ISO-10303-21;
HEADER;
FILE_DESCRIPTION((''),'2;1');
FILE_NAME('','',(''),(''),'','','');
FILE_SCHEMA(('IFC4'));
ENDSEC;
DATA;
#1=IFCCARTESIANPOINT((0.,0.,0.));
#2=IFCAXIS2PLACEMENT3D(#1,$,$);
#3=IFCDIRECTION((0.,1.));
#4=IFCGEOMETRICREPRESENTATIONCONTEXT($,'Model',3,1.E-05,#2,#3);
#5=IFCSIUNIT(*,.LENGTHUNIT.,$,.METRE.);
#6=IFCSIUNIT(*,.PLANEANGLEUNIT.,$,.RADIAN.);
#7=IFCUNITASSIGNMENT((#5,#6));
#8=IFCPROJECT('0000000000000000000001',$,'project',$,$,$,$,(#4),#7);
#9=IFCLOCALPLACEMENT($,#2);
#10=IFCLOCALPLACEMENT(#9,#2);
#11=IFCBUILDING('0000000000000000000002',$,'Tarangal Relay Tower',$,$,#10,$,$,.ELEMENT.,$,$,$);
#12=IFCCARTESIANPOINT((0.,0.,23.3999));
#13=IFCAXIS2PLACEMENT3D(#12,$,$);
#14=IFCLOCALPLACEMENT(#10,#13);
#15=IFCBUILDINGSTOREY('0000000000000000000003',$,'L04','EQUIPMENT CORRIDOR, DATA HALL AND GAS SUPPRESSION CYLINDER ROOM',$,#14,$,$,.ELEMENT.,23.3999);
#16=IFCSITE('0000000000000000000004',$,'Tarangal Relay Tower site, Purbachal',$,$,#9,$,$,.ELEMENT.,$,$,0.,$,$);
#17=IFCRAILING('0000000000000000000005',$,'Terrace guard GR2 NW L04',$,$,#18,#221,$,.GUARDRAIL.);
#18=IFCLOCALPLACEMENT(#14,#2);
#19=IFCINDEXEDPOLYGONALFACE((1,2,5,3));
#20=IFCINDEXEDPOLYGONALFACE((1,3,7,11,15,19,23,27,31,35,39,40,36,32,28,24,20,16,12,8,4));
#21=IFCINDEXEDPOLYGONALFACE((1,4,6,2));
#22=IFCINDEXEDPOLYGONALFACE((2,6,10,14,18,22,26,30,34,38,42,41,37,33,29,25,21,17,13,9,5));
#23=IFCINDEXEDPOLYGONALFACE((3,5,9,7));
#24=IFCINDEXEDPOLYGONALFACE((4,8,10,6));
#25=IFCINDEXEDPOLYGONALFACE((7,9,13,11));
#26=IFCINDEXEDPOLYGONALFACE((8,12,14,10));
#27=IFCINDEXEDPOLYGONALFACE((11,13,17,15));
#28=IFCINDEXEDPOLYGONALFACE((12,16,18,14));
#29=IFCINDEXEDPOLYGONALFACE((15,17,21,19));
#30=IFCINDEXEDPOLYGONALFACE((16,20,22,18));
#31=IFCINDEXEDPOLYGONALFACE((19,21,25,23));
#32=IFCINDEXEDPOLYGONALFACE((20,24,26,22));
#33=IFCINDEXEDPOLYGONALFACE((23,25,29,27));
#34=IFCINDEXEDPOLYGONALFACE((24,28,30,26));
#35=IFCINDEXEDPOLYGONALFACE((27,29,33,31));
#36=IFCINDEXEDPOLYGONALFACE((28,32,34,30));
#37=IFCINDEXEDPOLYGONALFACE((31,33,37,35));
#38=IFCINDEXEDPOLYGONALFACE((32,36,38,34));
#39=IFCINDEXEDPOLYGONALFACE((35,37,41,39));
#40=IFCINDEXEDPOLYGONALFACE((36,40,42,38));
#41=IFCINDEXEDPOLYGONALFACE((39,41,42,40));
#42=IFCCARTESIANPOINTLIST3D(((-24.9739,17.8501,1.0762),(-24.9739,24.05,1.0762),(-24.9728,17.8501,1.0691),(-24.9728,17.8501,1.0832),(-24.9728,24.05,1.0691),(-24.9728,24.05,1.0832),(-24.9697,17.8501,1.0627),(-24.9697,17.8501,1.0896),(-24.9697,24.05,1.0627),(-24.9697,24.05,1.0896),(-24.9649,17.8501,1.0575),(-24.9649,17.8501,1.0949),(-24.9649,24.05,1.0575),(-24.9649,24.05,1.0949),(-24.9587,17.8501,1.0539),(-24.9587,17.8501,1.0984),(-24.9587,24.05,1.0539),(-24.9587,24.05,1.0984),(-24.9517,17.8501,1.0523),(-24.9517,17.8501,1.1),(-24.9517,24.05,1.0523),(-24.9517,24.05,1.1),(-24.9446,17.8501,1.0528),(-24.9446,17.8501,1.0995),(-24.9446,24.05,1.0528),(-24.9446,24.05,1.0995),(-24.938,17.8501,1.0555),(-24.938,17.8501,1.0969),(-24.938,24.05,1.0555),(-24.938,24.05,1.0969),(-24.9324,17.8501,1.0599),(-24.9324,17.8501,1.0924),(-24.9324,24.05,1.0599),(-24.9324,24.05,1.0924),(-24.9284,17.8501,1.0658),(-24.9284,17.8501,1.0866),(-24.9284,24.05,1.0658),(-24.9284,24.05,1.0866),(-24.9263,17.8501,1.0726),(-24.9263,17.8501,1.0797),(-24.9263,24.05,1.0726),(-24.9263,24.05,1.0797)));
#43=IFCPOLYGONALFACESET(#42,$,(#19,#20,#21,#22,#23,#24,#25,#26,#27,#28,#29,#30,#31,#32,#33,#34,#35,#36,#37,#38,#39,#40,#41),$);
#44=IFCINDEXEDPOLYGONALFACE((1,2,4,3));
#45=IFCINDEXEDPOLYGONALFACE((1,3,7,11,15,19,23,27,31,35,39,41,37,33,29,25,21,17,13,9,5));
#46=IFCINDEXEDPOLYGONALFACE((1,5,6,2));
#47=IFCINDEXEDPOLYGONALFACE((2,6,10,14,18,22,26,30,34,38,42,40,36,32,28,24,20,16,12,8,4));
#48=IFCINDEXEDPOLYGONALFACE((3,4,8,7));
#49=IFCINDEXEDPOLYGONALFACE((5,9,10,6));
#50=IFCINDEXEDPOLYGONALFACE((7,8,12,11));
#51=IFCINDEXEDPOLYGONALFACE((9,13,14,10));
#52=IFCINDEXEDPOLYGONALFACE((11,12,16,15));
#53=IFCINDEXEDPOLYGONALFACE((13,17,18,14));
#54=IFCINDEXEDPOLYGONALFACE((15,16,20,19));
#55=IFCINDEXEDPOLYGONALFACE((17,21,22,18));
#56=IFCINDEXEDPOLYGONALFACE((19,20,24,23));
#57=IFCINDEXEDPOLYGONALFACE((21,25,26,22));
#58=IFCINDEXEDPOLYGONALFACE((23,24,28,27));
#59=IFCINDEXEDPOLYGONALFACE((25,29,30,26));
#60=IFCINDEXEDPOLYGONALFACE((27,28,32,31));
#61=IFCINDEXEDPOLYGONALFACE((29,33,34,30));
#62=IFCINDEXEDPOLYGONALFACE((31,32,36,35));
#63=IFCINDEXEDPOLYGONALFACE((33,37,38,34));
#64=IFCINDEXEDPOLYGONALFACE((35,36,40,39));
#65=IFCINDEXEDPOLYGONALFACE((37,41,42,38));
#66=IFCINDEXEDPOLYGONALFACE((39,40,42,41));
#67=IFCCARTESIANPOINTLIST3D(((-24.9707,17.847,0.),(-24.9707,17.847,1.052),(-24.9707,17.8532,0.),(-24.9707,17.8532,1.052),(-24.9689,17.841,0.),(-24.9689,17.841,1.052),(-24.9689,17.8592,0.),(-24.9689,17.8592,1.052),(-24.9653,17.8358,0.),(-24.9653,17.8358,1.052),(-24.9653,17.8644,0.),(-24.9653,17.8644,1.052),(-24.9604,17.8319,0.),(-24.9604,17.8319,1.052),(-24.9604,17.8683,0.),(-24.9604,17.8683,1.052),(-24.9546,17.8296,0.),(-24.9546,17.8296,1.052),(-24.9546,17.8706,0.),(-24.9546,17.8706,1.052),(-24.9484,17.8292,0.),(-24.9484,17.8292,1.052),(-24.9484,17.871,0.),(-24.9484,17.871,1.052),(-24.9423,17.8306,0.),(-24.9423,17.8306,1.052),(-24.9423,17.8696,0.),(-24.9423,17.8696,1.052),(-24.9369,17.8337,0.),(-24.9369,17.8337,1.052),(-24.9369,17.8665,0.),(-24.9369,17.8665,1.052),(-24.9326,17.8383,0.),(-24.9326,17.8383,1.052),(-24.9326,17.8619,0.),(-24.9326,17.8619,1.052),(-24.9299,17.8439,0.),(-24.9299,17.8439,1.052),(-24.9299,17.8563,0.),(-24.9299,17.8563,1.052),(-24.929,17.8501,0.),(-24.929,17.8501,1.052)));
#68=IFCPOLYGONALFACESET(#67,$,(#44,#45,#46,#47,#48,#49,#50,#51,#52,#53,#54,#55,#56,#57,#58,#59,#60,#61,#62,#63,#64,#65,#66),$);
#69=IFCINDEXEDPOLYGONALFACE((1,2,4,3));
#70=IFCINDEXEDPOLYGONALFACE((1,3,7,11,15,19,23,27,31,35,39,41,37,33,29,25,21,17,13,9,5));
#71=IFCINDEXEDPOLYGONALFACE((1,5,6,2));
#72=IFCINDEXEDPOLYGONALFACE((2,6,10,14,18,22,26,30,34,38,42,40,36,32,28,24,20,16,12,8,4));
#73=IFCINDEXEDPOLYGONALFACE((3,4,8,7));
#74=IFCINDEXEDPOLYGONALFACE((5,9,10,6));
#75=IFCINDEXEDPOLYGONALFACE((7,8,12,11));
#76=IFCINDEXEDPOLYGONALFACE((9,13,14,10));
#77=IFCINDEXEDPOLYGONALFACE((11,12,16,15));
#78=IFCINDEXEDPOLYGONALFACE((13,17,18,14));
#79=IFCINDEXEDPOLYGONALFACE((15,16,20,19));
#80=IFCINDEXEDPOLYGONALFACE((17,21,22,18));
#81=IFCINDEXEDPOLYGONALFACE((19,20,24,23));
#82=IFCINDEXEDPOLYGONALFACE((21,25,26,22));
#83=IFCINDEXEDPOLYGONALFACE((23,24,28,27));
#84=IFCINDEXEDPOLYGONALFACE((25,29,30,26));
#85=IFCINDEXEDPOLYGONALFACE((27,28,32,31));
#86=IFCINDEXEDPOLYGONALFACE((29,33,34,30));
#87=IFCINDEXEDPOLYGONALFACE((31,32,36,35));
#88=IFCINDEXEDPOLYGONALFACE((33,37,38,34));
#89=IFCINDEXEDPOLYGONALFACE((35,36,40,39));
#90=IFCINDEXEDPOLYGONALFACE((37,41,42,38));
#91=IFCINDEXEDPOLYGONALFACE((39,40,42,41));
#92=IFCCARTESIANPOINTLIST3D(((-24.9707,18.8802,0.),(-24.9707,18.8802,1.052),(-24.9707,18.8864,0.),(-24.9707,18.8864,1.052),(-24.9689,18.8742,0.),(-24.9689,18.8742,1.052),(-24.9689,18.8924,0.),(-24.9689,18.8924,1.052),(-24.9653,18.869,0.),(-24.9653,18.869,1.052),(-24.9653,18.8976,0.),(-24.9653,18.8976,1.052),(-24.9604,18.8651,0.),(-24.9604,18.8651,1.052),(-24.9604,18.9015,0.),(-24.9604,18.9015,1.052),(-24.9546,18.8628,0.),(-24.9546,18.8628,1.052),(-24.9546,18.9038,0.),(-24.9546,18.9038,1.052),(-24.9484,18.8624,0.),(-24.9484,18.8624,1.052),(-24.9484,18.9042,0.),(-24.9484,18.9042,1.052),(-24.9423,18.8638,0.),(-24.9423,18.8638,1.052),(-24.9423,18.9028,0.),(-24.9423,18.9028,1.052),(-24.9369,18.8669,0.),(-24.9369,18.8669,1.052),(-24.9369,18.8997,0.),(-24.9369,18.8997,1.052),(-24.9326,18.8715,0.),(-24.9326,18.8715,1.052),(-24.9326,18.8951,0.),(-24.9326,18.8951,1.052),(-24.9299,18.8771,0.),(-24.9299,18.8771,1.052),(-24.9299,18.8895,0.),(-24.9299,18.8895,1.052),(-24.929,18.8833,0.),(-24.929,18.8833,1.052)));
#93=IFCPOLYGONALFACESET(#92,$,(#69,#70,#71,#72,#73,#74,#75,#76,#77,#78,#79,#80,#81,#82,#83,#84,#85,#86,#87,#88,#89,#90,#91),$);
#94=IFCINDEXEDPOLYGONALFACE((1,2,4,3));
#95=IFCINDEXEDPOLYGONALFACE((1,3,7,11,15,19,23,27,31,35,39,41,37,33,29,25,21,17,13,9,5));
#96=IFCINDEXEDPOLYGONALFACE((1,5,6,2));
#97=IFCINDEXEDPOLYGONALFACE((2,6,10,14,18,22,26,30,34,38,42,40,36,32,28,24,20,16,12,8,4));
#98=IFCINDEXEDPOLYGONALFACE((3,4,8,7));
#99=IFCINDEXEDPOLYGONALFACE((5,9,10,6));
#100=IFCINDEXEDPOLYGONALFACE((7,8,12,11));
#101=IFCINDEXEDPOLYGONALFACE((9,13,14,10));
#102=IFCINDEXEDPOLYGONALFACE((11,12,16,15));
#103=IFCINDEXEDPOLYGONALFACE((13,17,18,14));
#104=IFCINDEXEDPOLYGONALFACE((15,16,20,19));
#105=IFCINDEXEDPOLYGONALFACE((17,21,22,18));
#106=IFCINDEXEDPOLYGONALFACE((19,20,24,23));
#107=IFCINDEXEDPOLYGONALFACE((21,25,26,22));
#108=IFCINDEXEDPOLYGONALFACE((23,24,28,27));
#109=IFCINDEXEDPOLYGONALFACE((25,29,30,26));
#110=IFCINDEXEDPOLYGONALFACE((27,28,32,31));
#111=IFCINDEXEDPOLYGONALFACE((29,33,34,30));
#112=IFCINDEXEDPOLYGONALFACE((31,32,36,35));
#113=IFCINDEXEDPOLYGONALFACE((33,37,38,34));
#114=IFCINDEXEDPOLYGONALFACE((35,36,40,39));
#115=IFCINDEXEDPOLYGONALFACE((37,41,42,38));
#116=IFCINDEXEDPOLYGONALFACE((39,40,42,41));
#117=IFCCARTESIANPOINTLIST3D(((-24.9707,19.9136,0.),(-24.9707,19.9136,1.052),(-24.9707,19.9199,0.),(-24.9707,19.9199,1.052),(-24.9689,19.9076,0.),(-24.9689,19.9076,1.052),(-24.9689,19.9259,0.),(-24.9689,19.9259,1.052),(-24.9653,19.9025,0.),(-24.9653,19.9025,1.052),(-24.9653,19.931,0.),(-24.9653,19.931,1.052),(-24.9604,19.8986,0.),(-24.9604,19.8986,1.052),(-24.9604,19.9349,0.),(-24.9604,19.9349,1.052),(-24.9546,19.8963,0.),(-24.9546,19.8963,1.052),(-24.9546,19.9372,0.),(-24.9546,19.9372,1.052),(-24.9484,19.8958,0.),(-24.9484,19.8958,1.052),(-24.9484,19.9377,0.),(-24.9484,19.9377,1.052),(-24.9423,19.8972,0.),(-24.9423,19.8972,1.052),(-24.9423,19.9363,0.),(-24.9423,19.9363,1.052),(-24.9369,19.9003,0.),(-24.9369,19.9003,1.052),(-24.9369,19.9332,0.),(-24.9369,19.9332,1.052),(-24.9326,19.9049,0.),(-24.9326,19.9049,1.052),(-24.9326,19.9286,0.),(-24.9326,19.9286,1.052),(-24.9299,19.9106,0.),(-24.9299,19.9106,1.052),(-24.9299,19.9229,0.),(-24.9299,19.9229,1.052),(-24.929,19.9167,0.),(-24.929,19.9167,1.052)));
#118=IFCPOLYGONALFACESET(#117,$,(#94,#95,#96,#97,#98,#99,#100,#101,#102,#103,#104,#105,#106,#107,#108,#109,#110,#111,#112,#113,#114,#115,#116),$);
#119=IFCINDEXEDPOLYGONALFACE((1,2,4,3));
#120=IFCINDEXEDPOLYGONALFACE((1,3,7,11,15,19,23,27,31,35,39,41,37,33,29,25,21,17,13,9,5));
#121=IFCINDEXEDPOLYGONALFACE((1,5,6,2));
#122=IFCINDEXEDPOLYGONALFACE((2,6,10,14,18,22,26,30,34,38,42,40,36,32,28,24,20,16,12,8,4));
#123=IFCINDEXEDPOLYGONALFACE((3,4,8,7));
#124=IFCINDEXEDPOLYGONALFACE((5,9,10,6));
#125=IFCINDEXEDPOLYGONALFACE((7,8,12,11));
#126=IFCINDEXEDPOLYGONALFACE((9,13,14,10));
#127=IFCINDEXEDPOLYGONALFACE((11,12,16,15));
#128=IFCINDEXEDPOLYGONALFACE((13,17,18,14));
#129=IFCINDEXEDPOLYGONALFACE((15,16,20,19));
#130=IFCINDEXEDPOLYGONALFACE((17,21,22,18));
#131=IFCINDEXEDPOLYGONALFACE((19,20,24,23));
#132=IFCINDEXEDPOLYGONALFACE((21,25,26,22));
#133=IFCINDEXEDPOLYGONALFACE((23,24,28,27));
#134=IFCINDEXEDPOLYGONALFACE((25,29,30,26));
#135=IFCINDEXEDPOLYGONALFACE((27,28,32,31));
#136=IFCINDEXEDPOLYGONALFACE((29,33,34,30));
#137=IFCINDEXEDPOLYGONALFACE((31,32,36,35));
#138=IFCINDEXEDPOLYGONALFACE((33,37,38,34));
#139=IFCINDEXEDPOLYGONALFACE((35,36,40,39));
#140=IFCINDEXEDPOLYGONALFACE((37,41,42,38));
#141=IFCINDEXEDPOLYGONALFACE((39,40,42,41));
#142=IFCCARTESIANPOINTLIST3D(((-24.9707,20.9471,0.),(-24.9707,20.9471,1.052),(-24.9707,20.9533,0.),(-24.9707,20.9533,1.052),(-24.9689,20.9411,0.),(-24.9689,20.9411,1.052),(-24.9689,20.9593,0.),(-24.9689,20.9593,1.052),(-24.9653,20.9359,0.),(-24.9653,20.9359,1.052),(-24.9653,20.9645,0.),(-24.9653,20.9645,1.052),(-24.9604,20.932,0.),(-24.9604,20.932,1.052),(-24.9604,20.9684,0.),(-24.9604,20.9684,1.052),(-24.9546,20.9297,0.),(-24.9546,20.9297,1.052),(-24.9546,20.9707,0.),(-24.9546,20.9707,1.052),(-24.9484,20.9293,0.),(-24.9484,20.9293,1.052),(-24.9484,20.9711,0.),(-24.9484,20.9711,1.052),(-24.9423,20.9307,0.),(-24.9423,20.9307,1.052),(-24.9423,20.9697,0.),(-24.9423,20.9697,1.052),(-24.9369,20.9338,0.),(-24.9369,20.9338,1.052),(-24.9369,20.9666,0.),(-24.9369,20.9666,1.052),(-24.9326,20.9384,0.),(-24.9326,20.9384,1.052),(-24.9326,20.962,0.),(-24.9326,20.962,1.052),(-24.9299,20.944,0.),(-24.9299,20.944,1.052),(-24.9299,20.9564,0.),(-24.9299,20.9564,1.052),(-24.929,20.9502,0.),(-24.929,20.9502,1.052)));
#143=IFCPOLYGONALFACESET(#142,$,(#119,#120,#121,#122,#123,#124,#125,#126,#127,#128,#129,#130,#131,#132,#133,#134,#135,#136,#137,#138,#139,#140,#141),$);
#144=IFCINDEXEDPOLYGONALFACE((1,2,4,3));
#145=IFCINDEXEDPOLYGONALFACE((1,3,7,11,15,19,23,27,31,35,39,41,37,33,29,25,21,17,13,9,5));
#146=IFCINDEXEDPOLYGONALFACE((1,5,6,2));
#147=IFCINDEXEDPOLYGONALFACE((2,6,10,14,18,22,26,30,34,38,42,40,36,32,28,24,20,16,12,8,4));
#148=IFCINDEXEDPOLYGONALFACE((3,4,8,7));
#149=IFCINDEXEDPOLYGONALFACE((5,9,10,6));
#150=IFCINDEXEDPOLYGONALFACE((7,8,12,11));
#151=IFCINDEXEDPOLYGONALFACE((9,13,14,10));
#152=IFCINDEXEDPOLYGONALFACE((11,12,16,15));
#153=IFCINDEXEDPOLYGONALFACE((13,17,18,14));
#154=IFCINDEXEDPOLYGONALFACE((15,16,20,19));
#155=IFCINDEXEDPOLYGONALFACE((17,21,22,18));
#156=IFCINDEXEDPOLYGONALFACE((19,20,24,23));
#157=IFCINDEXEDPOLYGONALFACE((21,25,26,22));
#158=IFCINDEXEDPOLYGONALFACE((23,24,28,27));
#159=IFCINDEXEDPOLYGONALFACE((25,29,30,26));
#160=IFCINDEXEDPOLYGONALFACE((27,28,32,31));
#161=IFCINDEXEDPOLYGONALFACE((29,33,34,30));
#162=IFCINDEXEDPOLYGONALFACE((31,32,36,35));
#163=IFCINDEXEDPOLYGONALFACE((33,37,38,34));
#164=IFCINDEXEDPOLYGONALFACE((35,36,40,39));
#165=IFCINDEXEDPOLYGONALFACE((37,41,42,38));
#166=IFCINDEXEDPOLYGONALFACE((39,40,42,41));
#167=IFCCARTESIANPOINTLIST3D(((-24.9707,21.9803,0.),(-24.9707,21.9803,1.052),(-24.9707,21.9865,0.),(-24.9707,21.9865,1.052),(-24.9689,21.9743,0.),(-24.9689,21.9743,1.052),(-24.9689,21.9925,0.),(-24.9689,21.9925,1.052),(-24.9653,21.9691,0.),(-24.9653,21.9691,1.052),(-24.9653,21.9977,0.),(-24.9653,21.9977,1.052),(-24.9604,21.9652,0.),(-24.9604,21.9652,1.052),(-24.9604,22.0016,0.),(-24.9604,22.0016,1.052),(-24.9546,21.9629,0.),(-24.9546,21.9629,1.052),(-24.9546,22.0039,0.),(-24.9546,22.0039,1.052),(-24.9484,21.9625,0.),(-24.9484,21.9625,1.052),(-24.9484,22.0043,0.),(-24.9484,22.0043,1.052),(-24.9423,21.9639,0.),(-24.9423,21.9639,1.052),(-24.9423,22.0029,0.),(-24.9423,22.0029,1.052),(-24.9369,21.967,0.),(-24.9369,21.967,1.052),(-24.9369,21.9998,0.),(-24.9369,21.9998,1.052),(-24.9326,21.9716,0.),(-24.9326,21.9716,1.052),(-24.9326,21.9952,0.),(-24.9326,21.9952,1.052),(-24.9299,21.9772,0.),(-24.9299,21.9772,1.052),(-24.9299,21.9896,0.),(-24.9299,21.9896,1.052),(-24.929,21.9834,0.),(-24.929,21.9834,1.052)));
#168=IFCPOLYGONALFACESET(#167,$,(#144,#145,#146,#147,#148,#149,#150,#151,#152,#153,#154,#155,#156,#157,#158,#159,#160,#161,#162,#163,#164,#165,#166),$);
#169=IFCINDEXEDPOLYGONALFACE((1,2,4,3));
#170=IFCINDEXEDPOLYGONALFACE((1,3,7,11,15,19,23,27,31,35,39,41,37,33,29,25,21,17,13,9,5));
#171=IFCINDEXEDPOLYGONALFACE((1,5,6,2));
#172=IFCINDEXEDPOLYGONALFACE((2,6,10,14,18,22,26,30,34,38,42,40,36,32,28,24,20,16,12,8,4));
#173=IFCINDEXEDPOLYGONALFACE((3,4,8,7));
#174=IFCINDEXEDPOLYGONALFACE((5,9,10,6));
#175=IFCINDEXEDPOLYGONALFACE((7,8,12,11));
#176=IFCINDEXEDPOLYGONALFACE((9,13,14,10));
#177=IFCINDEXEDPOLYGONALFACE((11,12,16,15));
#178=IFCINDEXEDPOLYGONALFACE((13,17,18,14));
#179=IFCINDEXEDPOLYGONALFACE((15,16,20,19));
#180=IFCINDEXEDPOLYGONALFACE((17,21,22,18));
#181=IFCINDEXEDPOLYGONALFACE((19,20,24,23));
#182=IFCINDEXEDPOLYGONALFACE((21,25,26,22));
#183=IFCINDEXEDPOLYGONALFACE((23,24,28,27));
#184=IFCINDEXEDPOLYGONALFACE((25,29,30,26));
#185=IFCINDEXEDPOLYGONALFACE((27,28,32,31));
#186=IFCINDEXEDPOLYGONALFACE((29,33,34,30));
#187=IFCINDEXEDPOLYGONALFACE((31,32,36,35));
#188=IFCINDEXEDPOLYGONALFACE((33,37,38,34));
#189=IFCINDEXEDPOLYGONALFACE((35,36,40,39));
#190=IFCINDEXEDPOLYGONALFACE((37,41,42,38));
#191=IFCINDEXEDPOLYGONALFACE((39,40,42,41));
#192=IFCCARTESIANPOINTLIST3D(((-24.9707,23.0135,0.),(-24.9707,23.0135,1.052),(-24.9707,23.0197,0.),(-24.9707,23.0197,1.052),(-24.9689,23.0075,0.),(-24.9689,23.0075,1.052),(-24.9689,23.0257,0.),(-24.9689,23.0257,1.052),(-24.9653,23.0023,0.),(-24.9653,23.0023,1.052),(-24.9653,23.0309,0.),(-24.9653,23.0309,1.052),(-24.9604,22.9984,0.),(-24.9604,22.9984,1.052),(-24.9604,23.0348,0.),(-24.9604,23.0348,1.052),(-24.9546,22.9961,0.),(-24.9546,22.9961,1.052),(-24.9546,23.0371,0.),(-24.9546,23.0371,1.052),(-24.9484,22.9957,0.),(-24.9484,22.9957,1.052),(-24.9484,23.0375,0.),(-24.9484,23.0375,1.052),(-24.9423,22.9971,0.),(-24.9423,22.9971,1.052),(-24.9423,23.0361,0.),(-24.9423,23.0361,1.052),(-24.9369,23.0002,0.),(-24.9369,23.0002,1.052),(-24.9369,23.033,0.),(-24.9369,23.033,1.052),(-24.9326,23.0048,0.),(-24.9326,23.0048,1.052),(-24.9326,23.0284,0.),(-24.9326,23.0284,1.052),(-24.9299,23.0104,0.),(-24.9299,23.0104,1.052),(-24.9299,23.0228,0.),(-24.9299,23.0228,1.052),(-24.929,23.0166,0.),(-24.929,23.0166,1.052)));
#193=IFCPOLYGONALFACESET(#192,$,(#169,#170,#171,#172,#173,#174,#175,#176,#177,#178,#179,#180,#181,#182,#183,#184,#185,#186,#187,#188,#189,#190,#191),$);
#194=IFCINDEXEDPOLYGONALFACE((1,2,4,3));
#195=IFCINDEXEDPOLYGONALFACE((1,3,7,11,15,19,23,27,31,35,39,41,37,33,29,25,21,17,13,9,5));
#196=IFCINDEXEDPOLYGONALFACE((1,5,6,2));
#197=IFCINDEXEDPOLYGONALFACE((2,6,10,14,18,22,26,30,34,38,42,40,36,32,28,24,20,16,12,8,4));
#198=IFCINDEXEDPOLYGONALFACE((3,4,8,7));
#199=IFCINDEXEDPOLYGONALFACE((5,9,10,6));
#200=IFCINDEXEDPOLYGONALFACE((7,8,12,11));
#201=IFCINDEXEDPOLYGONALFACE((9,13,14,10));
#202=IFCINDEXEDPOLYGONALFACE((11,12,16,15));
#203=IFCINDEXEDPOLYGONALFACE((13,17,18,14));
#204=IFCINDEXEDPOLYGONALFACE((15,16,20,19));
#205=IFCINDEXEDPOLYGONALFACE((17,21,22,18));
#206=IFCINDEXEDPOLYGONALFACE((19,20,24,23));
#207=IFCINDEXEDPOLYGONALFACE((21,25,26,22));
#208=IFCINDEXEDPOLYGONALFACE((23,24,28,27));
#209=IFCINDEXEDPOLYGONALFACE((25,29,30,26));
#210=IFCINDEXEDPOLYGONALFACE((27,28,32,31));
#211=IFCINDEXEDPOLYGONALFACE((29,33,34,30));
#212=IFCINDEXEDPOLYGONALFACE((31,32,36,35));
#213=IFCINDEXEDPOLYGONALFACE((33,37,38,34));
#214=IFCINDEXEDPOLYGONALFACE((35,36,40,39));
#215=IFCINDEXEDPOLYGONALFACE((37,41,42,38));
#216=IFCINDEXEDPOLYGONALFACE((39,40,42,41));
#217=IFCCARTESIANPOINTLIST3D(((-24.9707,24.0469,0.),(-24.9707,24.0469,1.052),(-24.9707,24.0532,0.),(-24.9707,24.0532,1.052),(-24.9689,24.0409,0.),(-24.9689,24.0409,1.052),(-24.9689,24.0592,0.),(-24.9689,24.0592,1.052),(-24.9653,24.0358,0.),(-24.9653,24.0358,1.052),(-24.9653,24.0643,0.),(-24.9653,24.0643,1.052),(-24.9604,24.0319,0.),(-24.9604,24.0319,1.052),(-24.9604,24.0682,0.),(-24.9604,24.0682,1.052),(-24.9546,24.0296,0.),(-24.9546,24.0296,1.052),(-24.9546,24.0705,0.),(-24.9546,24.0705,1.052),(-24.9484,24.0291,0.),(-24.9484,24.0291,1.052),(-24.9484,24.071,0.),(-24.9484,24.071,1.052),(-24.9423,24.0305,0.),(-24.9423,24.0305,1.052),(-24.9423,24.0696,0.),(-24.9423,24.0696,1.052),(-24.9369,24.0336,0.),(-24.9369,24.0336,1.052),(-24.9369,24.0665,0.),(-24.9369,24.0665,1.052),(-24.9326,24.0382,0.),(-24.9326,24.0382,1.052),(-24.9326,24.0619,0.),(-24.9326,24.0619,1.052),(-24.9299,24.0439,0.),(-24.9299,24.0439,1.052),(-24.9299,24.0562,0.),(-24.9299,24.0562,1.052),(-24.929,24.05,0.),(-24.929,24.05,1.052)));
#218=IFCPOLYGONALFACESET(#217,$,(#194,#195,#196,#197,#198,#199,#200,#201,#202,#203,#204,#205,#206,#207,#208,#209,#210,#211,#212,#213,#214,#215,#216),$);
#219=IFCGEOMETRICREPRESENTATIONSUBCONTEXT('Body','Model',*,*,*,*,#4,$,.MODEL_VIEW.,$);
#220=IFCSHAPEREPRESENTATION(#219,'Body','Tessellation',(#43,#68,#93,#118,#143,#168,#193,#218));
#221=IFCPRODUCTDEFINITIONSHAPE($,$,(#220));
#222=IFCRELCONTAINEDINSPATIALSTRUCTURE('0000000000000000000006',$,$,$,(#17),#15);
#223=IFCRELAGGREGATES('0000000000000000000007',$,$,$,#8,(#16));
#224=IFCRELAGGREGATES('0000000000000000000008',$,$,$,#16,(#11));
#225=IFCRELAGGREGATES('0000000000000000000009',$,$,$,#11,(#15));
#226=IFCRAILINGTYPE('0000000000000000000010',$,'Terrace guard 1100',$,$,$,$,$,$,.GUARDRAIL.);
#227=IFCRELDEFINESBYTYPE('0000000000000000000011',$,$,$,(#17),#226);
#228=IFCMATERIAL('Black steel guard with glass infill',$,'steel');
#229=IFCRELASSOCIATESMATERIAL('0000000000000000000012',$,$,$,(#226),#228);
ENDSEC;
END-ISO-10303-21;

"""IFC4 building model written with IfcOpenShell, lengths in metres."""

from ifc_helpers import new_model, si_unit, direction, frame, origin, origin_2d, place, context, subcontext, project, spatial, circle, extrude, material, type_object, element, save


model = new_model("IFC4")

# Units and contexts
model_context = context("Model", 3, precision=1e-05, world=origin(), true_north=direction((0.0, 1.0)))
body_context = subcontext(model_context, "Body", "Model", "MODEL_VIEW")
ifc_project = project(units=[si_unit("LENGTHUNIT", "METRE"), si_unit("PLANEANGLEUNIT", "RADIAN")], contexts=[model_context])

# Site, building, storey
site_placement = place(None, origin())
site = spatial("IfcSite", under=ifc_project, at=site_placement, Name="Tarangal Relay Tower site, Purbachal", CompositionType="ELEMENT", RefElevation=0.0)
building_placement = place(site_placement, origin())
building = spatial("IfcBuilding", under=site, at=building_placement, Name="Tarangal Relay Tower", CompositionType="ELEMENT")
storey_placement = place(building_placement, frame((0.0, 0.0, 23.3999)))
storey = spatial("IfcBuildingStorey", under=building, at=storey_placement, Name="L04", Description="EQUIPMENT CORRIDOR, DATA HALL AND GAS SUPPRESSION CYLINDER ROOM", CompositionType="ELEMENT", Elevation=23.3999)

# Railing
ifc_material_1 = material(Name="Black steel guard with glass infill", Category="steel")
railing_type = type_object("IfcRailingType", Name="Terrace guard 1100", PredefinedType="GUARDRAIL", material=ifc_material_1)
railing_1_placement = place(storey_placement, frame((-24.95, 17.8501, 0.0)))
element("IfcRailing", 1, at=railing_1_placement, inside=storey, type_object=railing_type, Name="Terrace guard GR2 NW L04", PredefinedType="GUARDRAIL", context=body_context, shape_type="SweptSolid", body=[
    extrude(circle(Radius=0.0239, at=origin_2d()), frame((0.0, 0.0, 1.0762), z_axis=(0.0, 1.0, 0.0), x_axis=(-1.0, 0.0, 0.0)), (0.0, 0.0, 1.0), 6.2),
    extrude(circle(Radius=0.021, at=origin_2d()), origin(), (0.0, 0.0, 1.0), 1.052),
    extrude(circle(Radius=0.021, at=origin_2d()), frame((0.0, 1.0332, 0.0)), (0.0, 0.0, 1.0), 1.052),
    extrude(circle(Radius=0.021, at=origin_2d()), frame((0.0, 2.0667, 0.0)), (0.0, 0.0, 1.0), 1.052),
    extrude(circle(Radius=0.021, at=origin_2d()), frame((0.0, 3.1001, 0.0)), (0.0, 0.0, 1.0), 1.052),
    extrude(circle(Radius=0.021, at=origin_2d()), frame((0.0, 4.1333, 0.0)), (0.0, 0.0, 1.0), 1.052),
    extrude(circle(Radius=0.021, at=origin_2d()), frame((0.0, 5.1665, 0.0)), (0.0, 0.0, 1.0), 1.052),
    extrude(circle(Radius=0.021, at=origin_2d()), frame((0.0, 6.2, 0.0)), (0.0, 0.0, 1.0), 1.052),
])

save(model, "model.ifc")
